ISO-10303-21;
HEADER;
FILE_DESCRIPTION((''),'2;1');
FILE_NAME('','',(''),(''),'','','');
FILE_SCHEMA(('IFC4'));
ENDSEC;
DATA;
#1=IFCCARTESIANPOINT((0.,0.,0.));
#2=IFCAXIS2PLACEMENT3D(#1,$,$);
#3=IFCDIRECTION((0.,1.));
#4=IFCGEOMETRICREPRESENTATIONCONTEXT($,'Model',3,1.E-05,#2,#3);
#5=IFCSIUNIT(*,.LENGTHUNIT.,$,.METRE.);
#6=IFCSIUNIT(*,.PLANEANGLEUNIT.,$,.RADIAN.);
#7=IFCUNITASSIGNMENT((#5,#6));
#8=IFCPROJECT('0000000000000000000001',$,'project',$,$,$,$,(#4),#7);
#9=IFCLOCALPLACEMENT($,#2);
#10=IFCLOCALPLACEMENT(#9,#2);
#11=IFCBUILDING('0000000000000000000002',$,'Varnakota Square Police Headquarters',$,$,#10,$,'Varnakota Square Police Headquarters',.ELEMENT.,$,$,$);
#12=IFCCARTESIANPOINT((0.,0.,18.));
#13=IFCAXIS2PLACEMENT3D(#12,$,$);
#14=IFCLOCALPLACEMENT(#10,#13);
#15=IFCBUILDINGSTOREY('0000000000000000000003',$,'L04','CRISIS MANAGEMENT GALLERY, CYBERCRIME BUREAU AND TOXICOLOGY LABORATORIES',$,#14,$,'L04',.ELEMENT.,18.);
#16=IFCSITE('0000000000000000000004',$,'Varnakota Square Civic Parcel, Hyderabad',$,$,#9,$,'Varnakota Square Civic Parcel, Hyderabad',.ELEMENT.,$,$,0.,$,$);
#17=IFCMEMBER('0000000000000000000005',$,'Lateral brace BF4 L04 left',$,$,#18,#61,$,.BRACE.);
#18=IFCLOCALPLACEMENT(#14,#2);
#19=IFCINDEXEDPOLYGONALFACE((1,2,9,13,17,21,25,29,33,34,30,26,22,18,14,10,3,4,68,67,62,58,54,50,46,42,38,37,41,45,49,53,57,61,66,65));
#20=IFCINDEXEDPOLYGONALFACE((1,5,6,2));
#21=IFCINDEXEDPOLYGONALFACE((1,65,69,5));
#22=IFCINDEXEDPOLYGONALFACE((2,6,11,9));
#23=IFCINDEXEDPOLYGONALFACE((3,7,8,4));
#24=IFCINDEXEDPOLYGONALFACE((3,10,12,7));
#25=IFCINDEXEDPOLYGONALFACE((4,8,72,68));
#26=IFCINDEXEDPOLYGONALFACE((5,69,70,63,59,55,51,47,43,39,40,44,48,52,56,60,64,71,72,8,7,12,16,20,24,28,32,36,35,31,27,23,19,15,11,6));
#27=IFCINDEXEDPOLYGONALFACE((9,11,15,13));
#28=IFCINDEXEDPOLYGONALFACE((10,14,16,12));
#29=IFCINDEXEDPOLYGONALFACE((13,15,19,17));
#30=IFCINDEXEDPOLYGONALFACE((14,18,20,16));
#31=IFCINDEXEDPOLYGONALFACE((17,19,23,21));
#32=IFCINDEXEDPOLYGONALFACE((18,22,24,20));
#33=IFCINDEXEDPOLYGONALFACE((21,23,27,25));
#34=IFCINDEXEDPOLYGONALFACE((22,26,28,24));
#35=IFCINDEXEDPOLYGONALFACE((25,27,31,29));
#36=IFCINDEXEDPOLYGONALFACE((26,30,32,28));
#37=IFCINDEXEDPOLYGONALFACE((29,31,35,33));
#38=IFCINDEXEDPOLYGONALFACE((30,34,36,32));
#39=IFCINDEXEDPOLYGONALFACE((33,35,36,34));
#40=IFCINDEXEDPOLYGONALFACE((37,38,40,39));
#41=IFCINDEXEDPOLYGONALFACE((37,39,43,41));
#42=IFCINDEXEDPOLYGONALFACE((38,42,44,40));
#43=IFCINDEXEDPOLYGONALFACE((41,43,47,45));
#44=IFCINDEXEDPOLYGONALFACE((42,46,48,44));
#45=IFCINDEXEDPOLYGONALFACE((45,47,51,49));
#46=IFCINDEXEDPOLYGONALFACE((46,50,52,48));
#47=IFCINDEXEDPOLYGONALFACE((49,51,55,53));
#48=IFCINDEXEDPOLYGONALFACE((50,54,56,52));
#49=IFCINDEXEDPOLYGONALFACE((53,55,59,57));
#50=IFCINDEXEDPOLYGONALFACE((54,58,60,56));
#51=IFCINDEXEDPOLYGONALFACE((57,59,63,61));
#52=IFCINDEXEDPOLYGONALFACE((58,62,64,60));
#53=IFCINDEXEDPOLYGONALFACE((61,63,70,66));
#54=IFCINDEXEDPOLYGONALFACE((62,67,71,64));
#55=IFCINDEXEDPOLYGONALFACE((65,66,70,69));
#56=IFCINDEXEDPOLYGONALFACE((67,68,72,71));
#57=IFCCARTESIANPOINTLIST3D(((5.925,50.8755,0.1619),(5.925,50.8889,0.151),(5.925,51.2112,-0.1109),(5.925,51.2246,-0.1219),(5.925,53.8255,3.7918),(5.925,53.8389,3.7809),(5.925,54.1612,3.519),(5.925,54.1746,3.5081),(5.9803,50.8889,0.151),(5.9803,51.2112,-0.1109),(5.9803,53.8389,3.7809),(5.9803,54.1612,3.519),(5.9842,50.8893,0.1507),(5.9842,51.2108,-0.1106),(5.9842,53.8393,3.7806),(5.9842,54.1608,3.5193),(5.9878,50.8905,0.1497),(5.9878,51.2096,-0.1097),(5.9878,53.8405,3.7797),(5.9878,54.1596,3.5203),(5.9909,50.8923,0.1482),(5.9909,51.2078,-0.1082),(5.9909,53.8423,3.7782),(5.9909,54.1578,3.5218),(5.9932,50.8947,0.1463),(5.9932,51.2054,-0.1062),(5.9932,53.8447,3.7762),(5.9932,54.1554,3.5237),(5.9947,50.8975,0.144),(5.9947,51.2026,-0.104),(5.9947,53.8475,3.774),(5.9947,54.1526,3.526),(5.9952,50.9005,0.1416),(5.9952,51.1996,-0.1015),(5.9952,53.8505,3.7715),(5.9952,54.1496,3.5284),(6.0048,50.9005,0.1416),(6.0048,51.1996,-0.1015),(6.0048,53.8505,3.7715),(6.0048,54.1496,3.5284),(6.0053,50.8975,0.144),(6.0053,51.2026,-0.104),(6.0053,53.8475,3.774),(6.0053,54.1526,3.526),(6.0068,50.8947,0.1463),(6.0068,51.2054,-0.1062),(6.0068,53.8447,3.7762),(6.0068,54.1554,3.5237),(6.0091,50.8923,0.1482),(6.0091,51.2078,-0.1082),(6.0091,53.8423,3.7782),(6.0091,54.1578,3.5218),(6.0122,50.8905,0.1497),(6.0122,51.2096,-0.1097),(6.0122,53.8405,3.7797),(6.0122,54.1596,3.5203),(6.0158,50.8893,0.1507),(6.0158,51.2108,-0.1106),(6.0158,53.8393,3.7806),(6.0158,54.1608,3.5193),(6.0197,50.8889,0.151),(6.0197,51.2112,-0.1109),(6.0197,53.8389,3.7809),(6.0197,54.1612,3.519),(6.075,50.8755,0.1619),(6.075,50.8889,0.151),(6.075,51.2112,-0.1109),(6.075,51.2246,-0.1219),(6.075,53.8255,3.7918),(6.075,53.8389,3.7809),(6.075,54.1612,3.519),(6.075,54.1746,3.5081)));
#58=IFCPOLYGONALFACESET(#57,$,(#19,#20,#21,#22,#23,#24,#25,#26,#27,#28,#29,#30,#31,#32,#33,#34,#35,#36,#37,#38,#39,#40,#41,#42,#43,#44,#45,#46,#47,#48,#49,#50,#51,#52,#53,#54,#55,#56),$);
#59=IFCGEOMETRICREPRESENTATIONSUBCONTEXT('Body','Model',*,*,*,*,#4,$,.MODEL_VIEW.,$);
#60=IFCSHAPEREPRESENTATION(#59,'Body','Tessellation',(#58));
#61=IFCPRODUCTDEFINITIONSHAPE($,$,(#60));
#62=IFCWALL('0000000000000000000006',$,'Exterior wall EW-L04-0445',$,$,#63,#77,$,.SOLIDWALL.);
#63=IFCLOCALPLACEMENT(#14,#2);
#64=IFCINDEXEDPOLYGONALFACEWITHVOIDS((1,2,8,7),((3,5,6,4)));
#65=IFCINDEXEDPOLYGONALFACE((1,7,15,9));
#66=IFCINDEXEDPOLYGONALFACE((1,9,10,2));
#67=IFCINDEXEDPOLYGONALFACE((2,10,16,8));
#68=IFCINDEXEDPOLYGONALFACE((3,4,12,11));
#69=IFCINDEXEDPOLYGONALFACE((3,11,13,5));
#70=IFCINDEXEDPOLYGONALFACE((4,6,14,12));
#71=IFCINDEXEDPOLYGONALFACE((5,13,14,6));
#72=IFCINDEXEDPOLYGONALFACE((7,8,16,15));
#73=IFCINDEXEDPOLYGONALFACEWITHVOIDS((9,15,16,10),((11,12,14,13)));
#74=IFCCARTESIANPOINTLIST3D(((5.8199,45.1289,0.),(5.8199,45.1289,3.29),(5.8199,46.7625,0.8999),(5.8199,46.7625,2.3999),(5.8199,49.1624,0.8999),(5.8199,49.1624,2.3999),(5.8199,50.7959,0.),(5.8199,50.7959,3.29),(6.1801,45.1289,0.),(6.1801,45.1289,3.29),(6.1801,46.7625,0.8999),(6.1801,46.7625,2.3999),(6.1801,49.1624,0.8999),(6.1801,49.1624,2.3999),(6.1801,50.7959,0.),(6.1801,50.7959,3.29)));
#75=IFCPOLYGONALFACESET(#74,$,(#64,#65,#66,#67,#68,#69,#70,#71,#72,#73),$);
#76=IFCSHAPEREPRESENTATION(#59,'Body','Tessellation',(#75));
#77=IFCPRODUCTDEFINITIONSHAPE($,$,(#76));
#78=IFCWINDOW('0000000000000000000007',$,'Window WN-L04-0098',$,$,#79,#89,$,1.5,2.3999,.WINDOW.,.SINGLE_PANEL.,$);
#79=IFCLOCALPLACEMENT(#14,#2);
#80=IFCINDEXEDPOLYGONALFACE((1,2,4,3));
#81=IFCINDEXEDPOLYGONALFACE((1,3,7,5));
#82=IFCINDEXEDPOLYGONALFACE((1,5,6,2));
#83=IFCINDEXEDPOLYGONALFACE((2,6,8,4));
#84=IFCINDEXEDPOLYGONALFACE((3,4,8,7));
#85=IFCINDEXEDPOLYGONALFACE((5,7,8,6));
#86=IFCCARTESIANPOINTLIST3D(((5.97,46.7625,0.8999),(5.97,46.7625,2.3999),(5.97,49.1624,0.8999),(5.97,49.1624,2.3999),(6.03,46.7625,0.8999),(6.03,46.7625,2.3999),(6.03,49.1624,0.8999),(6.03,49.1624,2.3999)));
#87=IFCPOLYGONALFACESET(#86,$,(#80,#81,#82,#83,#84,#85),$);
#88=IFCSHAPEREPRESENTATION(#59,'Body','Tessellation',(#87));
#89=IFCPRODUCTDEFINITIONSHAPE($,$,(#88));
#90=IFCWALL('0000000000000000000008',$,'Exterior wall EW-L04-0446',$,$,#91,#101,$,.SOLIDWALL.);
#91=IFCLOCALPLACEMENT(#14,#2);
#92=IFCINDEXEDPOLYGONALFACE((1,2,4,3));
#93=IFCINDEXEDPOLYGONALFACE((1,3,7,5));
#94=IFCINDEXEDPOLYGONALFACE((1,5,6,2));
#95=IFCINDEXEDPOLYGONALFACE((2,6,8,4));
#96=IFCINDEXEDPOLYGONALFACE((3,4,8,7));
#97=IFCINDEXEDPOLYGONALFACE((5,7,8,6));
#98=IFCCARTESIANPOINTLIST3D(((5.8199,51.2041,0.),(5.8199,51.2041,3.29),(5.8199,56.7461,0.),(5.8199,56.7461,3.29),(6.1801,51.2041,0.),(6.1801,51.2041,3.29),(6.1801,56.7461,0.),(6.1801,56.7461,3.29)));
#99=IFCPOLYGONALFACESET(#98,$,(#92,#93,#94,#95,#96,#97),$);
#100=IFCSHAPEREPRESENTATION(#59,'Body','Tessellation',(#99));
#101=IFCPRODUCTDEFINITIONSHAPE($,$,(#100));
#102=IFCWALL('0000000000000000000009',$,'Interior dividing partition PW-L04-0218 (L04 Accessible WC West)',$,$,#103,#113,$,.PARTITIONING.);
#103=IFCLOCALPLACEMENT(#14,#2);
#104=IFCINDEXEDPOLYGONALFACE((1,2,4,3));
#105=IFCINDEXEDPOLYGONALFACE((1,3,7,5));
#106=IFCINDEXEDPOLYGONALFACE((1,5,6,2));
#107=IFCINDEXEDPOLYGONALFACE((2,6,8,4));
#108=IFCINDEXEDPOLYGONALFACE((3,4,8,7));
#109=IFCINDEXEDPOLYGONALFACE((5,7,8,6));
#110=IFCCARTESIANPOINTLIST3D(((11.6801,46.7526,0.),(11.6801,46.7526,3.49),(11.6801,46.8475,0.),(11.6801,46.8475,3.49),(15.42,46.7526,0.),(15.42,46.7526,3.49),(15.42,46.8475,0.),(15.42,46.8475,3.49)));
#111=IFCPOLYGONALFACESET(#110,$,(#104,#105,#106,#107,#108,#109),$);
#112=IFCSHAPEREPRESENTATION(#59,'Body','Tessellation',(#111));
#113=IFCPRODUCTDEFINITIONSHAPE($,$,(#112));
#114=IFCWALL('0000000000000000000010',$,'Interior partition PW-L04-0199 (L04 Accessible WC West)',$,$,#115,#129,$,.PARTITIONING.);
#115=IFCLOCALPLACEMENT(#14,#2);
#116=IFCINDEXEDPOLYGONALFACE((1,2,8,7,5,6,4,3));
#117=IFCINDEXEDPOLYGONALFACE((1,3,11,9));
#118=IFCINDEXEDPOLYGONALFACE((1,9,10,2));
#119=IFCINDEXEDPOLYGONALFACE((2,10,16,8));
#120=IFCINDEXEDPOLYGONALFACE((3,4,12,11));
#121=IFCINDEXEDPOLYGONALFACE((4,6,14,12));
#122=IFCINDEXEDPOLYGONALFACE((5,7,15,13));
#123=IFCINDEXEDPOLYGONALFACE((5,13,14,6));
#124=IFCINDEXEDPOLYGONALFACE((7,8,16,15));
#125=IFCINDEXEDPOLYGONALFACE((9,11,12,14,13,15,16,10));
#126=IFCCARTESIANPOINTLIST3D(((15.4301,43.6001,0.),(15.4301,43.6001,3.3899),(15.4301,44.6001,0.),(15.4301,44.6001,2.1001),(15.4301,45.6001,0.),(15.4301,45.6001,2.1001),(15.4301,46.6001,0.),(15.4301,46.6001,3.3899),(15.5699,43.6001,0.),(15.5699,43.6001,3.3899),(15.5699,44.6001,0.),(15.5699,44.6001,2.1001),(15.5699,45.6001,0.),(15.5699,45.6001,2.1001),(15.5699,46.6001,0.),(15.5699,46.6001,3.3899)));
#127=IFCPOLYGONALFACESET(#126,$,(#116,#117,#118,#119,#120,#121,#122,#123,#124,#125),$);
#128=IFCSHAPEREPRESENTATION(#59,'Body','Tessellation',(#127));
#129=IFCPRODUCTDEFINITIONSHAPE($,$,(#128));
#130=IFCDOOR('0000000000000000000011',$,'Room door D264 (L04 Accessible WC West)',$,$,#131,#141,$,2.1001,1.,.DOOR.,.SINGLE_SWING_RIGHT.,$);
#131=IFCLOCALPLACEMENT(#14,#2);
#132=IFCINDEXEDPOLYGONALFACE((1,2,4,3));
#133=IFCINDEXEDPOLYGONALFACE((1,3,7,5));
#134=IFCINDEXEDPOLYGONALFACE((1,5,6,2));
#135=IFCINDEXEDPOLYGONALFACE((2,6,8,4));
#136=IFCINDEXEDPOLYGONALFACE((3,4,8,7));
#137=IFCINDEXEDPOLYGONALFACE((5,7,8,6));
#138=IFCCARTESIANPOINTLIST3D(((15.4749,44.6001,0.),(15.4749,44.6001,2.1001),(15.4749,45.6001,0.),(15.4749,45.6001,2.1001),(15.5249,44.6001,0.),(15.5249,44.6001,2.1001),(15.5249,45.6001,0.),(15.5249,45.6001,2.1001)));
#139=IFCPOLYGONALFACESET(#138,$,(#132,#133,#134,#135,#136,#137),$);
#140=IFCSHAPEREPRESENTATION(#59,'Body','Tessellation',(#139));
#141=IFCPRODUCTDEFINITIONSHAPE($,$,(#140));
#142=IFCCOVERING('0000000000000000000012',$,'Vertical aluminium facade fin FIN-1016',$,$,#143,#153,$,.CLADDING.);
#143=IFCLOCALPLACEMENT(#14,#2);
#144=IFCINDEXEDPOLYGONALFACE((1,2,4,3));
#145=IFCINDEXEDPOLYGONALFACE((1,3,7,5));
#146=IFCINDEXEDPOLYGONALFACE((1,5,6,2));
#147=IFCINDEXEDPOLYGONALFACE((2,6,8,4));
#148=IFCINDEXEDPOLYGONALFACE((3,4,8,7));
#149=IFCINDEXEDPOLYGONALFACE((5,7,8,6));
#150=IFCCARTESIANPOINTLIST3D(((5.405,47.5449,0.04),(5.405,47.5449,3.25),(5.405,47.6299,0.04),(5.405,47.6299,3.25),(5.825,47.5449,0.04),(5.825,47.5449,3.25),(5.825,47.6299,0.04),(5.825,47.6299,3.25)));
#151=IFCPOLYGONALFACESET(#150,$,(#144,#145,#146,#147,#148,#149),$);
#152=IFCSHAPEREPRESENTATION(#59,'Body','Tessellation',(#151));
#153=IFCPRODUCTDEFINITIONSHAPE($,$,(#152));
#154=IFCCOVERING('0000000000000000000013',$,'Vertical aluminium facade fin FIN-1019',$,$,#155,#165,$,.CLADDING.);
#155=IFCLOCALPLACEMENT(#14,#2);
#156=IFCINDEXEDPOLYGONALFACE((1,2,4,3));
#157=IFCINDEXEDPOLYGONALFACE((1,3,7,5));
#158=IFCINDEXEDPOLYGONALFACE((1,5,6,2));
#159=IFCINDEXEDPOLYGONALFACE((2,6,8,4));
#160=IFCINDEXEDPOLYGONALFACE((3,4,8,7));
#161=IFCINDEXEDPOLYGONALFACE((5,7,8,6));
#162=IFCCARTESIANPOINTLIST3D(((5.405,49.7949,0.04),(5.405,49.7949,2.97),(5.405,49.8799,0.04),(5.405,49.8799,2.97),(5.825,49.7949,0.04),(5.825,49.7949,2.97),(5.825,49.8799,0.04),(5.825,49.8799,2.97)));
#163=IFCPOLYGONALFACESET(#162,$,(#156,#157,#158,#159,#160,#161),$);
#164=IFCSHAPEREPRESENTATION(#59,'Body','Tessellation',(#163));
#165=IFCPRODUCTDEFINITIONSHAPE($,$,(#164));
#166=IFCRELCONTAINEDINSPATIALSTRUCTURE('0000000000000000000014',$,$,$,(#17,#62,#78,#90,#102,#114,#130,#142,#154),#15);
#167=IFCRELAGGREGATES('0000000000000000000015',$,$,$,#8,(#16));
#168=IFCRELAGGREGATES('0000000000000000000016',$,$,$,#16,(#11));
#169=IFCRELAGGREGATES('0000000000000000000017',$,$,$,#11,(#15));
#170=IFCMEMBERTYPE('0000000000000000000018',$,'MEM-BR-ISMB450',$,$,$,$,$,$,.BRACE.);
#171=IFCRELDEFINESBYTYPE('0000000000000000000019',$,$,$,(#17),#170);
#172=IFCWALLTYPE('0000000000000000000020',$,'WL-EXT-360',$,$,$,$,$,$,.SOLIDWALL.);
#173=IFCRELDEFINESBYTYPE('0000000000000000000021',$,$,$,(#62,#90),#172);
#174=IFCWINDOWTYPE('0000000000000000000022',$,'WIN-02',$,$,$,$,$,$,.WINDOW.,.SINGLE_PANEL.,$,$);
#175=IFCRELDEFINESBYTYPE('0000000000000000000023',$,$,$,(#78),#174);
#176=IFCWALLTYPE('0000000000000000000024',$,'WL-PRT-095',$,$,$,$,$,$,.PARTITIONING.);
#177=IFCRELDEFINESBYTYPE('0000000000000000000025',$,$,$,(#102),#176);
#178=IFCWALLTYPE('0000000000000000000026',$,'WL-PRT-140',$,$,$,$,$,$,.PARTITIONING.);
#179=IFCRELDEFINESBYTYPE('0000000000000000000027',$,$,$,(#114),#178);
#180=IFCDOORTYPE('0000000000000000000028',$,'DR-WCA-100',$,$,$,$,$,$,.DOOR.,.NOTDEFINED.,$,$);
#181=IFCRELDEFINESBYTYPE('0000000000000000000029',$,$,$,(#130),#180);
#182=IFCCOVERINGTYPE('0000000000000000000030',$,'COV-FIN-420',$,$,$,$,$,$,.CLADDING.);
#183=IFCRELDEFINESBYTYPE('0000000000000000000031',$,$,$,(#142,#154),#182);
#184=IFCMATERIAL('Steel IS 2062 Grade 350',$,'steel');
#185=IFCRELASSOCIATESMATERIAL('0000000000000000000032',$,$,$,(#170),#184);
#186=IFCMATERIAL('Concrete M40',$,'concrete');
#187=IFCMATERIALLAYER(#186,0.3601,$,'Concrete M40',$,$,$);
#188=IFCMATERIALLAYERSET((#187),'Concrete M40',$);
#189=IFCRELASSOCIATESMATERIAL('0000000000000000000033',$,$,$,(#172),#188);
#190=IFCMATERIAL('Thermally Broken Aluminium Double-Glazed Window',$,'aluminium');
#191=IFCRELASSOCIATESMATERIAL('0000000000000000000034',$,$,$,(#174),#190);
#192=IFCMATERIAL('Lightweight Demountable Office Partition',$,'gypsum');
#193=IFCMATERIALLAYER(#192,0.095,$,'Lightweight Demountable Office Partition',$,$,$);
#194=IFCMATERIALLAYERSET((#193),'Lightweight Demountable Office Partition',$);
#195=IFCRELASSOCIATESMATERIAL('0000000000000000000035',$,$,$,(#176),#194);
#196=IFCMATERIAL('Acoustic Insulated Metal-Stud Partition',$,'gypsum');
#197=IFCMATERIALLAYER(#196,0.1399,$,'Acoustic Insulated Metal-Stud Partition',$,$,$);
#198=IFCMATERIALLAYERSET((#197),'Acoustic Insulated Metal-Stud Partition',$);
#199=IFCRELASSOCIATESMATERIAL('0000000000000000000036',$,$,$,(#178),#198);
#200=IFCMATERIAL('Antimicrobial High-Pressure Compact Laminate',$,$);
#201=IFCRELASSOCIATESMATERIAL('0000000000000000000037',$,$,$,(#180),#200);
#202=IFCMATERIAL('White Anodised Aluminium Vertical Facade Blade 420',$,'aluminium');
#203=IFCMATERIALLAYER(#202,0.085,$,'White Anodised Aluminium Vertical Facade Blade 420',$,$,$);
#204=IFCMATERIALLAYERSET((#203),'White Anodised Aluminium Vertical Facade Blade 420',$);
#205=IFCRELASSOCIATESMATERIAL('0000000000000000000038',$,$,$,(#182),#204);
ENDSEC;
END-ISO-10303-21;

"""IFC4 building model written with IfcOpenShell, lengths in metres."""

from ifc_helpers import new_model, si_unit, direction, frame, frame_2d, origin, origin_2d, place, context, subcontext, project, spatial, rectangle, i_section, extrude, material, layer, layer_set, material_profile, profile_set, type_object, element, fill, save


model = new_model("IFC4")

# Units and contexts
model_context = context("Model", 3, precision=1e-05, world=origin(), true_north=direction((0.0, 1.0)))
body_context = subcontext(model_context, "Body", "Model", "MODEL_VIEW")
ifc_project = project(units=[si_unit("LENGTHUNIT", "METRE"), si_unit("PLANEANGLEUNIT", "RADIAN")], contexts=[model_context])

# Site, building, storey
site_placement = place(None, origin())
site = spatial("IfcSite", under=ifc_project, at=site_placement, Name="Varnakota Square Civic Parcel, Hyderabad", LongName="Varnakota Square Civic Parcel, Hyderabad", CompositionType="ELEMENT", RefElevation=0.0)
building_placement = place(site_placement, origin())
building = spatial("IfcBuilding", under=site, at=building_placement, Name="Varnakota Square Police Headquarters", LongName="Varnakota Square Police Headquarters", CompositionType="ELEMENT")
storey_placement = place(building_placement, frame((0.0, 0.0, 18.0)))
storey = spatial("IfcBuildingStorey", under=building, at=storey_placement, Name="L04", Description="CRISIS MANAGEMENT GALLERY, CYBERCRIME BUREAU AND TOXICOLOGY LABORATORIES", LongName="L04", CompositionType="ELEMENT", Elevation=18.0)

# Shared definitions
ifc_material_1 = material(Name="Steel IS 2062 Grade 350", Category="steel")

# Member
ifc_material_profile_1 = material_profile(ifc_material_1, i_section(OverallWidth=0.1499, OverallDepth=0.45, WebThickness=0.0095, FlangeThickness=0.0173, FilletRadius=0.0149, at=origin_2d()), Name="ISMB 450")
ifc_profile_set_1 = profile_set([ifc_material_profile_1], Name="Steel IS 2062 Grade 350")
member_type = type_object("IfcMemberType", Name="MEM-BR-ISMB450", PredefinedType="BRACE", material=ifc_profile_set_1)
member_placement = place(storey_placement, frame((6.0, 51.05, 0.02), z_axis=(0.0, 0.630679, 0.776044), x_axis=(-1.0, 0.0, 0.0)))
element("IfcMember", 1, at=member_placement, inside=storey, type_object=member_type, Name="Lateral brace BF4 L04 left", PredefinedType="BRACE", context=body_context, shape_type="SweptSolid", body=[
    extrude(i_section(OverallWidth=0.1499, OverallDepth=0.45, WebThickness=0.0095, FlangeThickness=0.0173, FilletRadius=0.0149, at=origin_2d()), origin(), (0.0, 0.0, 1.0), 4.6775),
])

# Wall, opening, window
ifc_material_2 = material(Name="Concrete M40", Category="concrete")
ifc_layer_1 = layer(ifc_material_2, 0.3601, Name="Concrete M40")
ifc_layer_set_1 = layer_set([ifc_layer_1], Name="Concrete M40")
wall_type_1 = type_object("IfcWallType", Name="WL-EXT-360", PredefinedType="SOLIDWALL", material=ifc_layer_set_1)
wall_1_placement = place(storey_placement, frame((6.0, 45.1289, 0.0), z_axis=(0.0, 0.0, 1.0), x_axis=(0.0, 1.0, 0.0)))
wall_1 = element("IfcWall", 2, at=wall_1_placement, inside=storey, type_object=wall_type_1, Name="Exterior wall EW-L04-0445", PredefinedType="SOLIDWALL", context=body_context, shape_type="SweptSolid", body=[
    extrude(rectangle(XDim=5.667, YDim=0.3601, at=frame_2d((2.8335, 0.0))), origin(), (0.0, 0.0, 1.0), 3.29),
])
opening_1_placement = place(wall_1_placement, frame((1.6335, 0.0, 0.8999)))
opening_1 = element("IfcOpeningElement", 3, at=opening_1_placement, cuts=wall_1, PredefinedType="OPENING", context=body_context, shape_type="SweptSolid", body=[
    extrude(rectangle(XDim=2.3999, YDim=1.5, at=frame_2d((1.2, 0.75))), frame((0.0, 0.1899, 0.0), z_axis=(0.0, -1.0, 0.0), x_axis=(1.0, 0.0, 0.0)), (0.0, 0.0, 1.0), 0.3801),
])
ifc_material_3 = material(Name="Thermally Broken Aluminium Double-Glazed Window", Category="aluminium")
window_type = type_object("IfcWindowType", Name="WIN-02", PartitioningType="SINGLE_PANEL", PredefinedType="WINDOW", material=ifc_material_3)
window_placement = place(opening_1_placement, origin())
window = element("IfcWindow", 4, at=window_placement, inside=storey, type_object=window_type, Name="Window WN-L04-0098", OverallHeight=1.5, OverallWidth=2.3999, PartitioningType="SINGLE_PANEL", PredefinedType="WINDOW", context=body_context, shape_type="SweptSolid", body=[
    extrude(rectangle(XDim=2.3999, YDim=1.5, at=frame_2d((1.2, 0.75))), frame((0.0, 0.03, 0.0), z_axis=(0.0, -1.0, 0.0), x_axis=(1.0, 0.0, 0.0)), (0.0, 0.0, 1.0), 0.0601),
])
fill(opening_1, window)

# Walls
wall_2_placement = place(storey_placement, frame((6.0, 51.2041, 0.0), z_axis=(0.0, 0.0, 1.0), x_axis=(0.0, 1.0, 0.0)))
element("IfcWall", 5, at=wall_2_placement, inside=storey, type_object=wall_type_1, Name="Exterior wall EW-L04-0446", PredefinedType="SOLIDWALL", context=body_context, shape_type="SweptSolid", body=[
    extrude(rectangle(XDim=5.542, YDim=0.3601, at=frame_2d((2.771, 0.0))), origin(), (0.0, 0.0, 1.0), 3.29),
])
ifc_material_4 = material(Name="Lightweight Demountable Office Partition", Category="gypsum")
ifc_layer_2 = layer(ifc_material_4, 0.095, Name="Lightweight Demountable Office Partition")
ifc_layer_set_2 = layer_set([ifc_layer_2], Name="Lightweight Demountable Office Partition")
wall_type_2 = type_object("IfcWallType", Name="WL-PRT-095", PredefinedType="PARTITIONING", material=ifc_layer_set_2)
wall_3_placement = place(storey_placement, frame((11.6799, 46.8, 0.0), z_axis=(0.0, 0.0, 1.0), x_axis=(1.0, 0.0, 0.0)))
element("IfcWall", 6, at=wall_3_placement, inside=storey, type_object=wall_type_2, Name="Interior dividing partition PW-L04-0218 (L04 Accessible WC West)", PredefinedType="PARTITIONING", context=body_context, shape_type="SweptSolid", body=[
    extrude(rectangle(XDim=3.74, YDim=0.095, at=frame_2d((1.8701, 0.0))), origin(), (0.0, 0.0, 1.0), 3.49),
])

# Wall, opening, door
ifc_material_5 = material(Name="Acoustic Insulated Metal-Stud Partition", Category="gypsum")
ifc_layer_3 = layer(ifc_material_5, 0.1399, Name="Acoustic Insulated Metal-Stud Partition")
ifc_layer_set_3 = layer_set([ifc_layer_3], Name="Acoustic Insulated Metal-Stud Partition")
wall_type_3 = type_object("IfcWallType", Name="WL-PRT-140", PredefinedType="PARTITIONING", material=ifc_layer_set_3)
wall_4_placement = place(storey_placement, frame((15.5, 46.6001, 0.0), z_axis=(0.0, 0.0, 1.0), x_axis=(0.0, -1.0, 0.0)))
wall_4 = element("IfcWall", 7, at=wall_4_placement, inside=storey, type_object=wall_type_3, Name="Interior partition PW-L04-0199 (L04 Accessible WC West)", PredefinedType="PARTITIONING", context=body_context, shape_type="SweptSolid", body=[
    extrude(rectangle(XDim=3.0, YDim=0.1399, at=frame_2d((1.5, 0.0))), origin(), (0.0, 0.0, 1.0), 3.3899),
])
opening_2_placement = place(wall_4_placement, frame((1.0, 0.0, 0.0)))
opening_2 = element("IfcOpeningElement", 8, at=opening_2_placement, cuts=wall_4, PredefinedType="OPENING", context=body_context, shape_type="SweptSolid", body=[
    extrude(rectangle(XDim=1.0, YDim=2.1001, at=frame_2d((0.5, 1.05))), frame((0.0, 0.0798, 0.0), z_axis=(0.0, -1.0, 0.0), x_axis=(1.0, 0.0, 0.0)), (0.0, 0.0, 1.0), 0.1599),
])
ifc_material_6 = material(Name="Antimicrobial High-Pressure Compact Laminate")
door_type = type_object("IfcDoorType", Name="DR-WCA-100", OperationType="NOTDEFINED", PredefinedType="DOOR", material=ifc_material_6)
door_placement = place(opening_2_placement, origin())
door = element("IfcDoor", 9, at=door_placement, inside=storey, type_object=door_type, Name="Room door D264 (L04 Accessible WC West)", OperationType="SINGLE_SWING_RIGHT", OverallHeight=2.1001, OverallWidth=1.0, PredefinedType="DOOR", context=body_context, shape_type="SweptSolid", body=[
    extrude(rectangle(XDim=1.0, YDim=2.1001, at=frame_2d((0.5, 1.05))), frame((0.0, 0.0249, 0.0), z_axis=(0.0, -1.0, 0.0), x_axis=(1.0, 0.0, 0.0)), (0.0, 0.0, 1.0), 0.05),
])
fill(opening_2, door)

# Coverings
ifc_material_7 = material(Name="White Anodised Aluminium Vertical Facade Blade 420", Category="aluminium")
ifc_layer_4 = layer(ifc_material_7, 0.085, Name="White Anodised Aluminium Vertical Facade Blade 420")
ifc_layer_set_4 = layer_set([ifc_layer_4], Name="White Anodised Aluminium Vertical Facade Blade 420")
covering_type_1 = type_object("IfcCoveringType", Name="COV-FIN-420", PredefinedType="CLADDING", material=ifc_layer_set_4)
covering_1_placement = place(storey_placement, frame((5.615, 47.5874, 0.04), z_axis=(0.0, 0.0, 1.0), x_axis=(0.0, 1.0, 0.0)))
element("IfcCovering", 10, at=covering_1_placement, inside=storey, type_object=covering_type_1, Name="Vertical aluminium facade fin FIN-1016", PredefinedType="CLADDING", context=body_context, shape_type="SweptSolid", body=[
    extrude(rectangle(XDim=0.085, YDim=0.4199, at=origin_2d()), origin(), (0.0, 0.0, 1.0), 3.21),
])
covering_2_placement = place(storey_placement, frame((5.615, 49.8374, 0.04), z_axis=(0.0, 0.0, 1.0), x_axis=(0.0, 1.0, 0.0)))
element("IfcCovering", 11, at=covering_2_placement, inside=storey, type_object=covering_type_1, Name="Vertical aluminium facade fin FIN-1019", PredefinedType="CLADDING", context=body_context, shape_type="SweptSolid", body=[
    extrude(rectangle(XDim=0.085, YDim=0.4199, at=origin_2d()), origin(), (0.0, 0.0, 1.0), 2.9299),
])

save(model, "model.ifc")
